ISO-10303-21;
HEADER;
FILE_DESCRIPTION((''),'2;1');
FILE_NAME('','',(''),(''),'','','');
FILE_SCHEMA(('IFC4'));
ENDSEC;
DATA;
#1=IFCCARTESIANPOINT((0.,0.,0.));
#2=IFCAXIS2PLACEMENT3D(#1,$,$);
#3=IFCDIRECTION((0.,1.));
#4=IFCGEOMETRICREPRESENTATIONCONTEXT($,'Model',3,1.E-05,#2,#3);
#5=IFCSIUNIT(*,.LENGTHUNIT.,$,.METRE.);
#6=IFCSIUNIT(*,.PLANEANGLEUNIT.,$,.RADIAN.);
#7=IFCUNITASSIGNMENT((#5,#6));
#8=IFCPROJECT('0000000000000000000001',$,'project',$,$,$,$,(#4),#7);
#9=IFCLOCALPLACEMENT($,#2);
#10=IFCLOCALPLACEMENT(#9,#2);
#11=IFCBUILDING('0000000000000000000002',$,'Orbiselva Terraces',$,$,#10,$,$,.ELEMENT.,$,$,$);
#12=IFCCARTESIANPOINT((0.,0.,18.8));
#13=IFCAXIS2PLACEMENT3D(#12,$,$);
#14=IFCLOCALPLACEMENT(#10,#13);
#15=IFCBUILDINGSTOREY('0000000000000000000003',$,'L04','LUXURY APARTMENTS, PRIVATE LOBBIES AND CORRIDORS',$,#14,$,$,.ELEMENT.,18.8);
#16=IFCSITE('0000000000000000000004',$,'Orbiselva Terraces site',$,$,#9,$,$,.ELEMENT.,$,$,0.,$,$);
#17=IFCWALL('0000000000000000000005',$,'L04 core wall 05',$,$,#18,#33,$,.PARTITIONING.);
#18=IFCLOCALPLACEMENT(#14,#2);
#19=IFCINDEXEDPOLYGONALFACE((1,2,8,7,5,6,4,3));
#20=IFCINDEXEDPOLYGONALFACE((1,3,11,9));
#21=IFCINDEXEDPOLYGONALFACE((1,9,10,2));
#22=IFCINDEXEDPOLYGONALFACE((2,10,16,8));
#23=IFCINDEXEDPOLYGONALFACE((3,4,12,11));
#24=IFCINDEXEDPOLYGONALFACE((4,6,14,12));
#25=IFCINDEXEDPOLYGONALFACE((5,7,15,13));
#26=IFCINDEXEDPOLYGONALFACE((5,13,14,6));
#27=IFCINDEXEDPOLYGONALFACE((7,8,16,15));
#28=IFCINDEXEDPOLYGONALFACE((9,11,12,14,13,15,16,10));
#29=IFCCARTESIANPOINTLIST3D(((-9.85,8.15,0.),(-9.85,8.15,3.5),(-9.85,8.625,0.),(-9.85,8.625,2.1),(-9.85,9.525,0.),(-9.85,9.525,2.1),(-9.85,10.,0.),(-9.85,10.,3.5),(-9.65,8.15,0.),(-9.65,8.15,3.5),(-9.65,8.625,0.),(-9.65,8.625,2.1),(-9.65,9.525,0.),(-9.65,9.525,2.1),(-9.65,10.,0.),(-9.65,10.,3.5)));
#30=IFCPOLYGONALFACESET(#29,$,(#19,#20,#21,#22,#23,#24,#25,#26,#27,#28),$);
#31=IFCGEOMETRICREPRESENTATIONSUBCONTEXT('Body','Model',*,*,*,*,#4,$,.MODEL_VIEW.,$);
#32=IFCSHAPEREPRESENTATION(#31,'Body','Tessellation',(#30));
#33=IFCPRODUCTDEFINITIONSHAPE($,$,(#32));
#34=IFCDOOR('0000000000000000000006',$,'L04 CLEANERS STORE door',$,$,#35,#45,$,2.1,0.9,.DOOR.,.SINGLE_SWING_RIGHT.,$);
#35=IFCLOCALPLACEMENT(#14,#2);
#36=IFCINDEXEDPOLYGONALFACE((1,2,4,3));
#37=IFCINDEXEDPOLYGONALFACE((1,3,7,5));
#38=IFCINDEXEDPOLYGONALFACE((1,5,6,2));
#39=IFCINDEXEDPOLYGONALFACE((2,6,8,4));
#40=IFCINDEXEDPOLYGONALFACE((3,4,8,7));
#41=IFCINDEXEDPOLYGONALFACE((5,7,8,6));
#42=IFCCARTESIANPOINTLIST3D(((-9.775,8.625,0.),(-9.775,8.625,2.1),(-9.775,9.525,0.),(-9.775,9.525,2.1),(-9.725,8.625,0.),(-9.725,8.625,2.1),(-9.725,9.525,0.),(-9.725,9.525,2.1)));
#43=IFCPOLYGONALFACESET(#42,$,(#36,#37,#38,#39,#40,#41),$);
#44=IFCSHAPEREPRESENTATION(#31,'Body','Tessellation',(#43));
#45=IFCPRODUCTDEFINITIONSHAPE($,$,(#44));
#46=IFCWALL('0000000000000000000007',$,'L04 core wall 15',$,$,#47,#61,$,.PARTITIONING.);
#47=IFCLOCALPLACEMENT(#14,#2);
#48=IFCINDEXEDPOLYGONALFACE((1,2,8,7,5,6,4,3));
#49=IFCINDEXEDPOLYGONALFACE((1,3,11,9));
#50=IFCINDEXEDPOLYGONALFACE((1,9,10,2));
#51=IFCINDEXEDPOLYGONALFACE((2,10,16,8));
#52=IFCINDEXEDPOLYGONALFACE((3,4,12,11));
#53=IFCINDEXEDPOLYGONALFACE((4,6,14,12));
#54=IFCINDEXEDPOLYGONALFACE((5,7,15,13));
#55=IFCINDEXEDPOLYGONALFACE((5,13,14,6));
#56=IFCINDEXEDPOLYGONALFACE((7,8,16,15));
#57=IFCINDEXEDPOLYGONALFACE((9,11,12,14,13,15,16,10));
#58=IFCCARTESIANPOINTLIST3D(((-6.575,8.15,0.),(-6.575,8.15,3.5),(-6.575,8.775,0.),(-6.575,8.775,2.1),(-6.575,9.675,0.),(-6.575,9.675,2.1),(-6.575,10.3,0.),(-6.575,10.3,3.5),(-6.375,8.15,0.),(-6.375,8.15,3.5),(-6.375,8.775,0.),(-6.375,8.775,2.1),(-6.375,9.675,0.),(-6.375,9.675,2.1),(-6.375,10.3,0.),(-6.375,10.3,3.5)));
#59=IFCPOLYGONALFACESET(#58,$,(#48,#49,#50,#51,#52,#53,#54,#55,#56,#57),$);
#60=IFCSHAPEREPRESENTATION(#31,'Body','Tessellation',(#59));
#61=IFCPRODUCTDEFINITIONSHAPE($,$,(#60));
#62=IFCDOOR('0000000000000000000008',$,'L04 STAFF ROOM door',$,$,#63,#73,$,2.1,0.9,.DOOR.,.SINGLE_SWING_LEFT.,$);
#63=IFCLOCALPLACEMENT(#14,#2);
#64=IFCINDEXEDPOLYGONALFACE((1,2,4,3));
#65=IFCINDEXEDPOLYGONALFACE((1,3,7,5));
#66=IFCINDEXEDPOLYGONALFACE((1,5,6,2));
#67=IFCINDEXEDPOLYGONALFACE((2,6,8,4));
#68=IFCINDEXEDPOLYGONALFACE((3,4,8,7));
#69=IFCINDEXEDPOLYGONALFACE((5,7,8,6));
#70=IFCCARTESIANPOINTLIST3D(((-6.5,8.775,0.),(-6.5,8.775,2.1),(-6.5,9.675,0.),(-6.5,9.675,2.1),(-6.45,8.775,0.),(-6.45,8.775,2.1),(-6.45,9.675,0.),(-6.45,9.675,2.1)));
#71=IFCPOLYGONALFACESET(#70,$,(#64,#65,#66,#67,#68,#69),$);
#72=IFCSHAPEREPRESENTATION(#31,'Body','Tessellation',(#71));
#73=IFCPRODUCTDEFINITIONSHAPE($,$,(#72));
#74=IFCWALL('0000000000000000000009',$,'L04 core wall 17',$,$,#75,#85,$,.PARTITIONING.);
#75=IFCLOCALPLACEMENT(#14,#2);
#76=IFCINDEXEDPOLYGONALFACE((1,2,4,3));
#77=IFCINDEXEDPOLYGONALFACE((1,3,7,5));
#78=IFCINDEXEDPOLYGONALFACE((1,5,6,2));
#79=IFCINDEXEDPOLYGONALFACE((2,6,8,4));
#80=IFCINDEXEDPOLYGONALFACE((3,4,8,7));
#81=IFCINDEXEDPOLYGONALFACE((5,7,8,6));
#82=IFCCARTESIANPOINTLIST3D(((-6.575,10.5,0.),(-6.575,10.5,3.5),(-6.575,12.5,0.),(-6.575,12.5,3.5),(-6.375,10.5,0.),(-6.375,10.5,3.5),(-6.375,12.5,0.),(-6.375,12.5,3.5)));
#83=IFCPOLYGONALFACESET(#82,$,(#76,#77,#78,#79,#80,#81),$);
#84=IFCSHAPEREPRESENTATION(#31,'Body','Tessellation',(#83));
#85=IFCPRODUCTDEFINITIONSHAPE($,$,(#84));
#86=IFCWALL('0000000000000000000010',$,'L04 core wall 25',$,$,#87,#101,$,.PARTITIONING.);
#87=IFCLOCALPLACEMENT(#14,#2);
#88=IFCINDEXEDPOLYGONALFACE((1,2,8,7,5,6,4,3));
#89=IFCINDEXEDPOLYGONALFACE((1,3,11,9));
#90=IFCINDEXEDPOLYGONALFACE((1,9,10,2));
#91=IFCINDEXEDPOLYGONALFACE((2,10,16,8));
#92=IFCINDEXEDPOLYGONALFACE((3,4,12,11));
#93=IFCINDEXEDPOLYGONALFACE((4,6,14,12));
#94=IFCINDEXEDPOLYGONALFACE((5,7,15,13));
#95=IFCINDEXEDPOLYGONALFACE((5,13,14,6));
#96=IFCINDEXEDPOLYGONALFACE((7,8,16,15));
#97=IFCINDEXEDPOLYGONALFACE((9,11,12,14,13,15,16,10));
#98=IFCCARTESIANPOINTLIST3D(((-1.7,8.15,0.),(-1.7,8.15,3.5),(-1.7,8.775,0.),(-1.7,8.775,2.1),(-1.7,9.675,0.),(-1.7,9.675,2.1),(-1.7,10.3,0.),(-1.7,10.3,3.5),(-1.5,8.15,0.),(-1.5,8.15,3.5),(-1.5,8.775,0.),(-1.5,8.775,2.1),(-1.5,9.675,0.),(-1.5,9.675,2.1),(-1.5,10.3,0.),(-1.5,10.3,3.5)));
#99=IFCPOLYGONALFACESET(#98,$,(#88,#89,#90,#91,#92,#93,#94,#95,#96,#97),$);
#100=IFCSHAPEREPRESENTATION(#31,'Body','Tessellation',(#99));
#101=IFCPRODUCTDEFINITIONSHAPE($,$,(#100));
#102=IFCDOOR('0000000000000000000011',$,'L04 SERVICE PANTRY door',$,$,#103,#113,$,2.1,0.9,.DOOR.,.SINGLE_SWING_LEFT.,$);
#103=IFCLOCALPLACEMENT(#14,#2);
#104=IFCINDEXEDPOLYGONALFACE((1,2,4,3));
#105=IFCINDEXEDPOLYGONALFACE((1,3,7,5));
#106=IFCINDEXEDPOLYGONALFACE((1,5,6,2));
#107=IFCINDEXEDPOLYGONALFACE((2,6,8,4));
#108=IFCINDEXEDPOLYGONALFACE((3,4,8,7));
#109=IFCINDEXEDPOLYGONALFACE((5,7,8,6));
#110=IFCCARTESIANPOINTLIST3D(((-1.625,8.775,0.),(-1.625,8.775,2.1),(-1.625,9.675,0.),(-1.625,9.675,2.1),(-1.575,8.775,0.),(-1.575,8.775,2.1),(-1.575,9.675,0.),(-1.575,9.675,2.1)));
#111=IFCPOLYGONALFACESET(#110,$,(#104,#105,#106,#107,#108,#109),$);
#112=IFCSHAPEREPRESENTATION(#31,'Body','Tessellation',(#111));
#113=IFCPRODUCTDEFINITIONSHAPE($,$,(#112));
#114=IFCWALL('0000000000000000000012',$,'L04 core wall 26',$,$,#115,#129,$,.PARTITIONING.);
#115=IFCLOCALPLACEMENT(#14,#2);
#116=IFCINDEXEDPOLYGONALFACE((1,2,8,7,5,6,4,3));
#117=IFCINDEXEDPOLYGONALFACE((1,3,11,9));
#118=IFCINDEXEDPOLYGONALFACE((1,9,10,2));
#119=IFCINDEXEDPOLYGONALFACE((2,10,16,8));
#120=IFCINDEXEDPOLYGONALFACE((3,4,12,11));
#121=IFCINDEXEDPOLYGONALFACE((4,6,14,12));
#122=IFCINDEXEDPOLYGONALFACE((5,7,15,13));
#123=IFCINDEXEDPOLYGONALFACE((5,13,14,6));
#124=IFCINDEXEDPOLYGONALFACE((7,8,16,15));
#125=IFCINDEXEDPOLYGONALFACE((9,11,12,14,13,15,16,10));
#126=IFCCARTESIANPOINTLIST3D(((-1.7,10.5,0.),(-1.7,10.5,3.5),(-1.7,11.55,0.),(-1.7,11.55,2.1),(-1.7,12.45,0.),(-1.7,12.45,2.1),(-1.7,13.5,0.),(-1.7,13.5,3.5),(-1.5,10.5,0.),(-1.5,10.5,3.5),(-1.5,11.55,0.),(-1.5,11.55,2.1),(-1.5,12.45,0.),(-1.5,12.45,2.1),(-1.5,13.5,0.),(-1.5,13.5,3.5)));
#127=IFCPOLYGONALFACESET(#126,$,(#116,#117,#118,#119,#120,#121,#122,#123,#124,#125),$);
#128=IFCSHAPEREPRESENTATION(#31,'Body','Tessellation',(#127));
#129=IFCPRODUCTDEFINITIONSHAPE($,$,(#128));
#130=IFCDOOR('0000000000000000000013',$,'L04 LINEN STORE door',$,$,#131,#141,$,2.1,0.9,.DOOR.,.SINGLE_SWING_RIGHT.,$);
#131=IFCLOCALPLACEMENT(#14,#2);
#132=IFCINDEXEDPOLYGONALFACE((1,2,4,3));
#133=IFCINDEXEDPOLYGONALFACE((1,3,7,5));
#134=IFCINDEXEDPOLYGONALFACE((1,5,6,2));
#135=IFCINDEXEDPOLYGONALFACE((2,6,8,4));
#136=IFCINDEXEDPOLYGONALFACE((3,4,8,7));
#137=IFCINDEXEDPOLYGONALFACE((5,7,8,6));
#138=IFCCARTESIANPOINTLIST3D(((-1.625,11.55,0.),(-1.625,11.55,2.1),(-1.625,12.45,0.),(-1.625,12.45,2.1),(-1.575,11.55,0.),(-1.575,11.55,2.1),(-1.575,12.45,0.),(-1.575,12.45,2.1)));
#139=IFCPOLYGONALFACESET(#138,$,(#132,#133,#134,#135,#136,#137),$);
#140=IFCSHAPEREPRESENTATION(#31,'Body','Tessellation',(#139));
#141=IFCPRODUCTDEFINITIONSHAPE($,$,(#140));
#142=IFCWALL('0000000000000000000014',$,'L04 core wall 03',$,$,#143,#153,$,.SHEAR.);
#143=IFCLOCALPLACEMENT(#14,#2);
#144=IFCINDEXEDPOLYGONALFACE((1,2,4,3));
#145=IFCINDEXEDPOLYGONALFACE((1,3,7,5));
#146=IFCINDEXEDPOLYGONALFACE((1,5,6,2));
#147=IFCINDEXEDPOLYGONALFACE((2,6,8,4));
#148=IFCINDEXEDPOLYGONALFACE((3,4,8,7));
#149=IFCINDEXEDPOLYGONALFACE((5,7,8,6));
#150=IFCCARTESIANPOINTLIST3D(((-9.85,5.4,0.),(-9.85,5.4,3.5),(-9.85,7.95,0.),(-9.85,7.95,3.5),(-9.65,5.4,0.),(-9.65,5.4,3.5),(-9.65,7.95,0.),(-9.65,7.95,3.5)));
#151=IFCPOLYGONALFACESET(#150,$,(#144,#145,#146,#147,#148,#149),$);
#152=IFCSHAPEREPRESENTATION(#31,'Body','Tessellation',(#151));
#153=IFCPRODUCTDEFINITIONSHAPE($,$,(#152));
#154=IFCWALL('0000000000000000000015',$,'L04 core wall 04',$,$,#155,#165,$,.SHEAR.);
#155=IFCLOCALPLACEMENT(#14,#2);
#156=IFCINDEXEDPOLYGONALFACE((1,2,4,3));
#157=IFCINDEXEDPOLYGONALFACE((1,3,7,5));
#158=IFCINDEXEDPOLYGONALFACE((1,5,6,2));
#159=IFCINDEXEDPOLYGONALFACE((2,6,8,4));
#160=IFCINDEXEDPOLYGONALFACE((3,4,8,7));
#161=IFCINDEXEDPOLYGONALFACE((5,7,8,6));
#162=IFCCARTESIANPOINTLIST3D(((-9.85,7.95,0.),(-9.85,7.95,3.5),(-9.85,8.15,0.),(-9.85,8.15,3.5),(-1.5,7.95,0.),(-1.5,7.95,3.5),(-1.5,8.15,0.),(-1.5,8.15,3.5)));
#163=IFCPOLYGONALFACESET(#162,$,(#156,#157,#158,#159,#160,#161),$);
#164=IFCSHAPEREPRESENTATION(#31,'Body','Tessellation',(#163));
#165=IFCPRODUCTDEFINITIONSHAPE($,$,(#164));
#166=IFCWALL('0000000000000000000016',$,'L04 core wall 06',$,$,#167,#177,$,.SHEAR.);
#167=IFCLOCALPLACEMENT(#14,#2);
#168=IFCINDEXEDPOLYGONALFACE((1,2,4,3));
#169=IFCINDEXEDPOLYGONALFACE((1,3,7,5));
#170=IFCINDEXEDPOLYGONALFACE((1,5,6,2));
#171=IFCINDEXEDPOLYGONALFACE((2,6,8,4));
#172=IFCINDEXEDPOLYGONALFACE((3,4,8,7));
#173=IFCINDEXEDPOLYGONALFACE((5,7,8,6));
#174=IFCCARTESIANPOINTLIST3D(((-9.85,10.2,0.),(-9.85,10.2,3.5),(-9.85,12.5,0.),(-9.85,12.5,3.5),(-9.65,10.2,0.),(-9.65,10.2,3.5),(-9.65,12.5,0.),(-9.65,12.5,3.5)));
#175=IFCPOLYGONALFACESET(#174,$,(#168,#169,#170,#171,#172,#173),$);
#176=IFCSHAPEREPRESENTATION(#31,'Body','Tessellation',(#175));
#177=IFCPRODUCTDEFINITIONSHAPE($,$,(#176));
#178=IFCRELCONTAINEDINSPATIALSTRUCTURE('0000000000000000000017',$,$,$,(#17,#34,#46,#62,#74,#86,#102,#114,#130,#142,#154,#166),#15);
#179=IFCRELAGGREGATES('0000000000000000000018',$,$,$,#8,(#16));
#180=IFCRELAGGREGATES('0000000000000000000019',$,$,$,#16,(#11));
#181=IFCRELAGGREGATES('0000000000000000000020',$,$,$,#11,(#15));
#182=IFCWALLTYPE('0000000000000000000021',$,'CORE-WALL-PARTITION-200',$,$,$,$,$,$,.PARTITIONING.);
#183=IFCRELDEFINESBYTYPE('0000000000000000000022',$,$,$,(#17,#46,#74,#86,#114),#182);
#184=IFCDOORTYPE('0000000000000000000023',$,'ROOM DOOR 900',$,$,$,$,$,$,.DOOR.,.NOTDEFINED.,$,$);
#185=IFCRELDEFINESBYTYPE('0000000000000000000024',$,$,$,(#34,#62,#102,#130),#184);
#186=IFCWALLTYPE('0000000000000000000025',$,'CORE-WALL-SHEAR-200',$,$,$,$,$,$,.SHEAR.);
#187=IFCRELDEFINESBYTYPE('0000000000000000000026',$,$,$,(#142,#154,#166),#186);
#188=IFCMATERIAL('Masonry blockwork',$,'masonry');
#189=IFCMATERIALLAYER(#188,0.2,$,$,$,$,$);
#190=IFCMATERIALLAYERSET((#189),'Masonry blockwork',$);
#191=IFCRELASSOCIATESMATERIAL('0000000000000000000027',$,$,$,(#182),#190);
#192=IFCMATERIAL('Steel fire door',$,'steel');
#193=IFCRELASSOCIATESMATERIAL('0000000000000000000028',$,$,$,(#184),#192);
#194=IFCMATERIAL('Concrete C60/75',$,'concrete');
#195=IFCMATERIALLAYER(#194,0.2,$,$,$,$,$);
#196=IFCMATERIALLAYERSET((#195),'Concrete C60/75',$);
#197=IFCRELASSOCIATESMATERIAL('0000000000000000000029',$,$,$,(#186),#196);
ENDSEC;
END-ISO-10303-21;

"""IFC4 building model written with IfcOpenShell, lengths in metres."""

from ifc_helpers import new_model, si_unit, direction, frame, frame_2d, origin, place, context, subcontext, project, spatial, rectangle, extrude, material, layer, layer_set, type_object, element, fill, save


model = new_model("IFC4")

# Units and contexts
model_context = context("Model", 3, precision=1e-05, world=origin(), true_north=direction((0.0, 1.0)))
body_context = subcontext(model_context, "Body", "Model", "MODEL_VIEW")
ifc_project = project(units=[si_unit("LENGTHUNIT", "METRE"), si_unit("PLANEANGLEUNIT", "RADIAN")], contexts=[model_context])

# Site, building, storey
site_placement = place(None, origin())
site = spatial("IfcSite", under=ifc_project, at=site_placement, Name="Orbiselva Terraces site", CompositionType="ELEMENT", RefElevation=0.0)
building_placement = place(site_placement, origin())
building = spatial("IfcBuilding", under=site, at=building_placement, Name="Orbiselva Terraces", CompositionType="ELEMENT")
storey_placement = place(building_placement, frame((0.0, 0.0, 18.8)))
storey = spatial("IfcBuildingStorey", under=building, at=storey_placement, Name="L04", Description="LUXURY APARTMENTS, PRIVATE LOBBIES AND CORRIDORS", CompositionType="ELEMENT", Elevation=18.8)

# Walls, openings, doors
ifc_material_1 = material(Name="Masonry blockwork", Category="masonry")
ifc_layer_1 = layer(ifc_material_1, 0.2)
ifc_layer_set_1 = layer_set([ifc_layer_1], Name="Masonry blockwork")
wall_type_1 = type_object("IfcWallType", Name="CORE-WALL-PARTITION-200", PredefinedType="PARTITIONING", material=ifc_layer_set_1)
wall_1_placement = place(storey_placement, frame((-9.75, 8.15, 0.0), z_axis=(0.0, 0.0, 1.0), x_axis=(0.0, 1.0, 0.0)))
wall_1 = element("IfcWall", 1, at=wall_1_placement, inside=storey, type_object=wall_type_1, Name="L04 core wall 05", PredefinedType="PARTITIONING", context=body_context, shape_type="SweptSolid", body=[
    extrude(rectangle(XDim=1.85, YDim=0.2, at=frame_2d((0.925, 0.0))), origin(), (0.0, 0.0, 1.0), 3.5),
])
opening_1_placement = place(wall_1_placement, frame((0.475, 0.0, 0.0)))
opening_1 = element("IfcOpeningElement", 2, at=opening_1_placement, cuts=wall_1, PredefinedType="OPENING", context=body_context, shape_type="SweptSolid", body=[
    extrude(rectangle(XDim=0.9, YDim=2.1, at=frame_2d((0.45, 1.05))), frame((0.0, 0.11, 0.0), z_axis=(0.0, -1.0, 0.0), x_axis=(1.0, 0.0, 0.0)), (0.0, 0.0, 1.0), 0.22),
])
ifc_material_2 = material(Name="Steel fire door", Category="steel")
door_type = type_object("IfcDoorType", Name="ROOM DOOR 900", OperationType="NOTDEFINED", PredefinedType="DOOR", material=ifc_material_2)
door_1_placement = place(opening_1_placement, origin())
door_1 = element("IfcDoor", 3, at=door_1_placement, inside=storey, type_object=door_type, Name="L04 CLEANERS STORE door", OperationType="SINGLE_SWING_RIGHT", OverallHeight=2.1, OverallWidth=0.9, PredefinedType="DOOR", context=body_context, shape_type="SweptSolid", body=[
    extrude(rectangle(XDim=0.9, YDim=2.1, at=frame_2d((0.45, 1.05))), frame((0.0, 0.025, 0.0), z_axis=(0.0, -1.0, 0.0), x_axis=(1.0, 0.0, 0.0)), (0.0, 0.0, 1.0), 0.05),
])
fill(opening_1, door_1)
wall_2_placement = place(storey_placement, frame((-6.475, 8.15, 0.0), z_axis=(0.0, 0.0, 1.0), x_axis=(0.0, 1.0, 0.0)))
wall_2 = element("IfcWall", 4, at=wall_2_placement, inside=storey, type_object=wall_type_1, Name="L04 core wall 15", PredefinedType="PARTITIONING", context=body_context, shape_type="SweptSolid", body=[
    extrude(rectangle(XDim=2.15, YDim=0.2, at=frame_2d((1.075, 0.0))), origin(), (0.0, 0.0, 1.0), 3.5),
])
opening_2_placement = place(wall_2_placement, frame((0.625, 0.0, 0.0)))
opening_2 = element("IfcOpeningElement", 5, at=opening_2_placement, cuts=wall_2, PredefinedType="OPENING", context=body_context, shape_type="SweptSolid", body=[
    extrude(rectangle(XDim=0.9, YDim=2.1, at=frame_2d((0.45, 1.05))), frame((0.0, 0.11, 0.0), z_axis=(0.0, -1.0, 0.0), x_axis=(1.0, 0.0, 0.0)), (0.0, 0.0, 1.0), 0.22),
])
door_2_placement = place(opening_2_placement, origin())
door_2 = element("IfcDoor", 6, at=door_2_placement, inside=storey, type_object=door_type, Name="L04 STAFF ROOM door", OperationType="SINGLE_SWING_LEFT", OverallHeight=2.1, OverallWidth=0.9, PredefinedType="DOOR", context=body_context, shape_type="SweptSolid", body=[
    extrude(rectangle(XDim=0.9, YDim=2.1, at=frame_2d((0.45, 1.05))), frame((0.0, 0.025, 0.0), z_axis=(0.0, -1.0, 0.0), x_axis=(1.0, 0.0, 0.0)), (0.0, 0.0, 1.0), 0.05),
])
fill(opening_2, door_2)

# Wall
wall_3_placement = place(storey_placement, frame((-6.475, 10.5, 0.0), z_axis=(0.0, 0.0, 1.0), x_axis=(0.0, 1.0, 0.0)))
element("IfcWall", 7, at=wall_3_placement, inside=storey, type_object=wall_type_1, Name="L04 core wall 17", PredefinedType="PARTITIONING", context=body_context, shape_type="SweptSolid", body=[
    extrude(rectangle(XDim=2.0, YDim=0.2, at=frame_2d((1.0, 0.0))), origin(), (0.0, 0.0, 1.0), 3.5),
])

# Walls, openings, doors
wall_4_placement = place(storey_placement, frame((-1.6, 8.15, 0.0), z_axis=(0.0, 0.0, 1.0), x_axis=(0.0, 1.0, 0.0)))
wall_4 = element("IfcWall", 8, at=wall_4_placement, inside=storey, type_object=wall_type_1, Name="L04 core wall 25", PredefinedType="PARTITIONING", context=body_context, shape_type="SweptSolid", body=[
    extrude(rectangle(XDim=2.15, YDim=0.2, at=frame_2d((1.075, 0.0))), origin(), (0.0, 0.0, 1.0), 3.5),
])
opening_3_placement = place(wall_4_placement, frame((0.625, 0.0, 0.0)))
opening_3 = element("IfcOpeningElement", 9, at=opening_3_placement, cuts=wall_4, PredefinedType="OPENING", context=body_context, shape_type="SweptSolid", body=[
    extrude(rectangle(XDim=0.9, YDim=2.1, at=frame_2d((0.45, 1.05))), frame((0.0, 0.11, 0.0), z_axis=(0.0, -1.0, 0.0), x_axis=(1.0, 0.0, 0.0)), (0.0, 0.0, 1.0), 0.22),
])
door_3_placement = place(opening_3_placement, origin())
door_3 = element("IfcDoor", 10, at=door_3_placement, inside=storey, type_object=door_type, Name="L04 SERVICE PANTRY door", OperationType="SINGLE_SWING_LEFT", OverallHeight=2.1, OverallWidth=0.9, PredefinedType="DOOR", context=body_context, shape_type="SweptSolid", body=[
    extrude(rectangle(XDim=0.9, YDim=2.1, at=frame_2d((0.45, 1.05))), frame((0.0, 0.025, 0.0), z_axis=(0.0, -1.0, 0.0), x_axis=(1.0, 0.0, 0.0)), (0.0, 0.0, 1.0), 0.05),
])
fill(opening_3, door_3)
wall_5_placement = place(storey_placement, frame((-1.6, 10.5, 0.0), z_axis=(0.0, 0.0, 1.0), x_axis=(0.0, 1.0, 0.0)))
wall_5 = element("IfcWall", 11, at=wall_5_placement, inside=storey, type_object=wall_type_1, Name="L04 core wall 26", PredefinedType="PARTITIONING", context=body_context, shape_type="SweptSolid", body=[
    extrude(rectangle(XDim=3.0, YDim=0.2, at=frame_2d((1.5, 0.0))), origin(), (0.0, 0.0, 1.0), 3.5),
])
opening_4_placement = place(wall_5_placement, frame((1.05, 0.0, 0.0)))
opening_4 = element("IfcOpeningElement", 12, at=opening_4_placement, cuts=wall_5, PredefinedType="OPENING", context=body_context, shape_type="SweptSolid", body=[
    extrude(rectangle(XDim=0.9, YDim=2.1, at=frame_2d((0.45, 1.05))), frame((0.0, 0.11, 0.0), z_axis=(0.0, -1.0, 0.0), x_axis=(1.0, 0.0, 0.0)), (0.0, 0.0, 1.0), 0.22),
])
door_4_placement = place(opening_4_placement, origin())
door_4 = element("IfcDoor", 13, at=door_4_placement, inside=storey, type_object=door_type, Name="L04 LINEN STORE door", OperationType="SINGLE_SWING_RIGHT", OverallHeight=2.1, OverallWidth=0.9, PredefinedType="DOOR", context=body_context, shape_type="SweptSolid", body=[
    extrude(rectangle(XDim=0.9, YDim=2.1, at=frame_2d((0.45, 1.05))), frame((0.0, 0.025, 0.0), z_axis=(0.0, -1.0, 0.0), x_axis=(1.0, 0.0, 0.0)), (0.0, 0.0, 1.0), 0.05),
])
fill(opening_4, door_4)

# Walls
ifc_material_3 = material(Name="Concrete C60/75", Category="concrete")
ifc_layer_2 = layer(ifc_material_3, 0.2)
ifc_layer_set_2 = layer_set([ifc_layer_2], Name="Concrete C60/75")
wall_type_2 = type_object("IfcWallType", Name="CORE-WALL-SHEAR-200", PredefinedType="SHEAR", material=ifc_layer_set_2)
wall_6_placement = place(storey_placement, frame((-9.75, 5.4, 0.0), z_axis=(0.0, 0.0, 1.0), x_axis=(0.0, 1.0, 0.0)))
element("IfcWall", 14, at=wall_6_placement, inside=storey, type_object=wall_type_2, Name="L04 core wall 03", PredefinedType="SHEAR", context=body_context, shape_type="SweptSolid", body=[
    extrude(rectangle(XDim=2.55, YDim=0.2, at=frame_2d((1.275, 0.0))), origin(), (0.0, 0.0, 1.0), 3.5),
])
wall_7_placement = place(storey_placement, frame((-9.85, 8.05, 0.0), z_axis=(0.0, 0.0, 1.0), x_axis=(1.0, 0.0, 0.0)))
element("IfcWall", 15, at=wall_7_placement, inside=storey, type_object=wall_type_2, Name="L04 core wall 04", PredefinedType="SHEAR", context=body_context, shape_type="SweptSolid", body=[
    extrude(rectangle(XDim=8.35, YDim=0.2, at=frame_2d((4.175, 0.0))), origin(), (0.0, 0.0, 1.0), 3.5),
])
wall_8_placement = place(storey_placement, frame((-9.75, 10.2, 0.0), z_axis=(0.0, 0.0, 1.0), x_axis=(0.0, 1.0, 0.0)))
element("IfcWall", 16, at=wall_8_placement, inside=storey, type_object=wall_type_2, Name="L04 core wall 06", PredefinedType="SHEAR", context=body_context, shape_type="SweptSolid", body=[
    extrude(rectangle(XDim=2.3, YDim=0.2, at=frame_2d((1.15, 0.0))), origin(), (0.0, 0.0, 1.0), 3.5),
])

save(model, "model.ifc")
